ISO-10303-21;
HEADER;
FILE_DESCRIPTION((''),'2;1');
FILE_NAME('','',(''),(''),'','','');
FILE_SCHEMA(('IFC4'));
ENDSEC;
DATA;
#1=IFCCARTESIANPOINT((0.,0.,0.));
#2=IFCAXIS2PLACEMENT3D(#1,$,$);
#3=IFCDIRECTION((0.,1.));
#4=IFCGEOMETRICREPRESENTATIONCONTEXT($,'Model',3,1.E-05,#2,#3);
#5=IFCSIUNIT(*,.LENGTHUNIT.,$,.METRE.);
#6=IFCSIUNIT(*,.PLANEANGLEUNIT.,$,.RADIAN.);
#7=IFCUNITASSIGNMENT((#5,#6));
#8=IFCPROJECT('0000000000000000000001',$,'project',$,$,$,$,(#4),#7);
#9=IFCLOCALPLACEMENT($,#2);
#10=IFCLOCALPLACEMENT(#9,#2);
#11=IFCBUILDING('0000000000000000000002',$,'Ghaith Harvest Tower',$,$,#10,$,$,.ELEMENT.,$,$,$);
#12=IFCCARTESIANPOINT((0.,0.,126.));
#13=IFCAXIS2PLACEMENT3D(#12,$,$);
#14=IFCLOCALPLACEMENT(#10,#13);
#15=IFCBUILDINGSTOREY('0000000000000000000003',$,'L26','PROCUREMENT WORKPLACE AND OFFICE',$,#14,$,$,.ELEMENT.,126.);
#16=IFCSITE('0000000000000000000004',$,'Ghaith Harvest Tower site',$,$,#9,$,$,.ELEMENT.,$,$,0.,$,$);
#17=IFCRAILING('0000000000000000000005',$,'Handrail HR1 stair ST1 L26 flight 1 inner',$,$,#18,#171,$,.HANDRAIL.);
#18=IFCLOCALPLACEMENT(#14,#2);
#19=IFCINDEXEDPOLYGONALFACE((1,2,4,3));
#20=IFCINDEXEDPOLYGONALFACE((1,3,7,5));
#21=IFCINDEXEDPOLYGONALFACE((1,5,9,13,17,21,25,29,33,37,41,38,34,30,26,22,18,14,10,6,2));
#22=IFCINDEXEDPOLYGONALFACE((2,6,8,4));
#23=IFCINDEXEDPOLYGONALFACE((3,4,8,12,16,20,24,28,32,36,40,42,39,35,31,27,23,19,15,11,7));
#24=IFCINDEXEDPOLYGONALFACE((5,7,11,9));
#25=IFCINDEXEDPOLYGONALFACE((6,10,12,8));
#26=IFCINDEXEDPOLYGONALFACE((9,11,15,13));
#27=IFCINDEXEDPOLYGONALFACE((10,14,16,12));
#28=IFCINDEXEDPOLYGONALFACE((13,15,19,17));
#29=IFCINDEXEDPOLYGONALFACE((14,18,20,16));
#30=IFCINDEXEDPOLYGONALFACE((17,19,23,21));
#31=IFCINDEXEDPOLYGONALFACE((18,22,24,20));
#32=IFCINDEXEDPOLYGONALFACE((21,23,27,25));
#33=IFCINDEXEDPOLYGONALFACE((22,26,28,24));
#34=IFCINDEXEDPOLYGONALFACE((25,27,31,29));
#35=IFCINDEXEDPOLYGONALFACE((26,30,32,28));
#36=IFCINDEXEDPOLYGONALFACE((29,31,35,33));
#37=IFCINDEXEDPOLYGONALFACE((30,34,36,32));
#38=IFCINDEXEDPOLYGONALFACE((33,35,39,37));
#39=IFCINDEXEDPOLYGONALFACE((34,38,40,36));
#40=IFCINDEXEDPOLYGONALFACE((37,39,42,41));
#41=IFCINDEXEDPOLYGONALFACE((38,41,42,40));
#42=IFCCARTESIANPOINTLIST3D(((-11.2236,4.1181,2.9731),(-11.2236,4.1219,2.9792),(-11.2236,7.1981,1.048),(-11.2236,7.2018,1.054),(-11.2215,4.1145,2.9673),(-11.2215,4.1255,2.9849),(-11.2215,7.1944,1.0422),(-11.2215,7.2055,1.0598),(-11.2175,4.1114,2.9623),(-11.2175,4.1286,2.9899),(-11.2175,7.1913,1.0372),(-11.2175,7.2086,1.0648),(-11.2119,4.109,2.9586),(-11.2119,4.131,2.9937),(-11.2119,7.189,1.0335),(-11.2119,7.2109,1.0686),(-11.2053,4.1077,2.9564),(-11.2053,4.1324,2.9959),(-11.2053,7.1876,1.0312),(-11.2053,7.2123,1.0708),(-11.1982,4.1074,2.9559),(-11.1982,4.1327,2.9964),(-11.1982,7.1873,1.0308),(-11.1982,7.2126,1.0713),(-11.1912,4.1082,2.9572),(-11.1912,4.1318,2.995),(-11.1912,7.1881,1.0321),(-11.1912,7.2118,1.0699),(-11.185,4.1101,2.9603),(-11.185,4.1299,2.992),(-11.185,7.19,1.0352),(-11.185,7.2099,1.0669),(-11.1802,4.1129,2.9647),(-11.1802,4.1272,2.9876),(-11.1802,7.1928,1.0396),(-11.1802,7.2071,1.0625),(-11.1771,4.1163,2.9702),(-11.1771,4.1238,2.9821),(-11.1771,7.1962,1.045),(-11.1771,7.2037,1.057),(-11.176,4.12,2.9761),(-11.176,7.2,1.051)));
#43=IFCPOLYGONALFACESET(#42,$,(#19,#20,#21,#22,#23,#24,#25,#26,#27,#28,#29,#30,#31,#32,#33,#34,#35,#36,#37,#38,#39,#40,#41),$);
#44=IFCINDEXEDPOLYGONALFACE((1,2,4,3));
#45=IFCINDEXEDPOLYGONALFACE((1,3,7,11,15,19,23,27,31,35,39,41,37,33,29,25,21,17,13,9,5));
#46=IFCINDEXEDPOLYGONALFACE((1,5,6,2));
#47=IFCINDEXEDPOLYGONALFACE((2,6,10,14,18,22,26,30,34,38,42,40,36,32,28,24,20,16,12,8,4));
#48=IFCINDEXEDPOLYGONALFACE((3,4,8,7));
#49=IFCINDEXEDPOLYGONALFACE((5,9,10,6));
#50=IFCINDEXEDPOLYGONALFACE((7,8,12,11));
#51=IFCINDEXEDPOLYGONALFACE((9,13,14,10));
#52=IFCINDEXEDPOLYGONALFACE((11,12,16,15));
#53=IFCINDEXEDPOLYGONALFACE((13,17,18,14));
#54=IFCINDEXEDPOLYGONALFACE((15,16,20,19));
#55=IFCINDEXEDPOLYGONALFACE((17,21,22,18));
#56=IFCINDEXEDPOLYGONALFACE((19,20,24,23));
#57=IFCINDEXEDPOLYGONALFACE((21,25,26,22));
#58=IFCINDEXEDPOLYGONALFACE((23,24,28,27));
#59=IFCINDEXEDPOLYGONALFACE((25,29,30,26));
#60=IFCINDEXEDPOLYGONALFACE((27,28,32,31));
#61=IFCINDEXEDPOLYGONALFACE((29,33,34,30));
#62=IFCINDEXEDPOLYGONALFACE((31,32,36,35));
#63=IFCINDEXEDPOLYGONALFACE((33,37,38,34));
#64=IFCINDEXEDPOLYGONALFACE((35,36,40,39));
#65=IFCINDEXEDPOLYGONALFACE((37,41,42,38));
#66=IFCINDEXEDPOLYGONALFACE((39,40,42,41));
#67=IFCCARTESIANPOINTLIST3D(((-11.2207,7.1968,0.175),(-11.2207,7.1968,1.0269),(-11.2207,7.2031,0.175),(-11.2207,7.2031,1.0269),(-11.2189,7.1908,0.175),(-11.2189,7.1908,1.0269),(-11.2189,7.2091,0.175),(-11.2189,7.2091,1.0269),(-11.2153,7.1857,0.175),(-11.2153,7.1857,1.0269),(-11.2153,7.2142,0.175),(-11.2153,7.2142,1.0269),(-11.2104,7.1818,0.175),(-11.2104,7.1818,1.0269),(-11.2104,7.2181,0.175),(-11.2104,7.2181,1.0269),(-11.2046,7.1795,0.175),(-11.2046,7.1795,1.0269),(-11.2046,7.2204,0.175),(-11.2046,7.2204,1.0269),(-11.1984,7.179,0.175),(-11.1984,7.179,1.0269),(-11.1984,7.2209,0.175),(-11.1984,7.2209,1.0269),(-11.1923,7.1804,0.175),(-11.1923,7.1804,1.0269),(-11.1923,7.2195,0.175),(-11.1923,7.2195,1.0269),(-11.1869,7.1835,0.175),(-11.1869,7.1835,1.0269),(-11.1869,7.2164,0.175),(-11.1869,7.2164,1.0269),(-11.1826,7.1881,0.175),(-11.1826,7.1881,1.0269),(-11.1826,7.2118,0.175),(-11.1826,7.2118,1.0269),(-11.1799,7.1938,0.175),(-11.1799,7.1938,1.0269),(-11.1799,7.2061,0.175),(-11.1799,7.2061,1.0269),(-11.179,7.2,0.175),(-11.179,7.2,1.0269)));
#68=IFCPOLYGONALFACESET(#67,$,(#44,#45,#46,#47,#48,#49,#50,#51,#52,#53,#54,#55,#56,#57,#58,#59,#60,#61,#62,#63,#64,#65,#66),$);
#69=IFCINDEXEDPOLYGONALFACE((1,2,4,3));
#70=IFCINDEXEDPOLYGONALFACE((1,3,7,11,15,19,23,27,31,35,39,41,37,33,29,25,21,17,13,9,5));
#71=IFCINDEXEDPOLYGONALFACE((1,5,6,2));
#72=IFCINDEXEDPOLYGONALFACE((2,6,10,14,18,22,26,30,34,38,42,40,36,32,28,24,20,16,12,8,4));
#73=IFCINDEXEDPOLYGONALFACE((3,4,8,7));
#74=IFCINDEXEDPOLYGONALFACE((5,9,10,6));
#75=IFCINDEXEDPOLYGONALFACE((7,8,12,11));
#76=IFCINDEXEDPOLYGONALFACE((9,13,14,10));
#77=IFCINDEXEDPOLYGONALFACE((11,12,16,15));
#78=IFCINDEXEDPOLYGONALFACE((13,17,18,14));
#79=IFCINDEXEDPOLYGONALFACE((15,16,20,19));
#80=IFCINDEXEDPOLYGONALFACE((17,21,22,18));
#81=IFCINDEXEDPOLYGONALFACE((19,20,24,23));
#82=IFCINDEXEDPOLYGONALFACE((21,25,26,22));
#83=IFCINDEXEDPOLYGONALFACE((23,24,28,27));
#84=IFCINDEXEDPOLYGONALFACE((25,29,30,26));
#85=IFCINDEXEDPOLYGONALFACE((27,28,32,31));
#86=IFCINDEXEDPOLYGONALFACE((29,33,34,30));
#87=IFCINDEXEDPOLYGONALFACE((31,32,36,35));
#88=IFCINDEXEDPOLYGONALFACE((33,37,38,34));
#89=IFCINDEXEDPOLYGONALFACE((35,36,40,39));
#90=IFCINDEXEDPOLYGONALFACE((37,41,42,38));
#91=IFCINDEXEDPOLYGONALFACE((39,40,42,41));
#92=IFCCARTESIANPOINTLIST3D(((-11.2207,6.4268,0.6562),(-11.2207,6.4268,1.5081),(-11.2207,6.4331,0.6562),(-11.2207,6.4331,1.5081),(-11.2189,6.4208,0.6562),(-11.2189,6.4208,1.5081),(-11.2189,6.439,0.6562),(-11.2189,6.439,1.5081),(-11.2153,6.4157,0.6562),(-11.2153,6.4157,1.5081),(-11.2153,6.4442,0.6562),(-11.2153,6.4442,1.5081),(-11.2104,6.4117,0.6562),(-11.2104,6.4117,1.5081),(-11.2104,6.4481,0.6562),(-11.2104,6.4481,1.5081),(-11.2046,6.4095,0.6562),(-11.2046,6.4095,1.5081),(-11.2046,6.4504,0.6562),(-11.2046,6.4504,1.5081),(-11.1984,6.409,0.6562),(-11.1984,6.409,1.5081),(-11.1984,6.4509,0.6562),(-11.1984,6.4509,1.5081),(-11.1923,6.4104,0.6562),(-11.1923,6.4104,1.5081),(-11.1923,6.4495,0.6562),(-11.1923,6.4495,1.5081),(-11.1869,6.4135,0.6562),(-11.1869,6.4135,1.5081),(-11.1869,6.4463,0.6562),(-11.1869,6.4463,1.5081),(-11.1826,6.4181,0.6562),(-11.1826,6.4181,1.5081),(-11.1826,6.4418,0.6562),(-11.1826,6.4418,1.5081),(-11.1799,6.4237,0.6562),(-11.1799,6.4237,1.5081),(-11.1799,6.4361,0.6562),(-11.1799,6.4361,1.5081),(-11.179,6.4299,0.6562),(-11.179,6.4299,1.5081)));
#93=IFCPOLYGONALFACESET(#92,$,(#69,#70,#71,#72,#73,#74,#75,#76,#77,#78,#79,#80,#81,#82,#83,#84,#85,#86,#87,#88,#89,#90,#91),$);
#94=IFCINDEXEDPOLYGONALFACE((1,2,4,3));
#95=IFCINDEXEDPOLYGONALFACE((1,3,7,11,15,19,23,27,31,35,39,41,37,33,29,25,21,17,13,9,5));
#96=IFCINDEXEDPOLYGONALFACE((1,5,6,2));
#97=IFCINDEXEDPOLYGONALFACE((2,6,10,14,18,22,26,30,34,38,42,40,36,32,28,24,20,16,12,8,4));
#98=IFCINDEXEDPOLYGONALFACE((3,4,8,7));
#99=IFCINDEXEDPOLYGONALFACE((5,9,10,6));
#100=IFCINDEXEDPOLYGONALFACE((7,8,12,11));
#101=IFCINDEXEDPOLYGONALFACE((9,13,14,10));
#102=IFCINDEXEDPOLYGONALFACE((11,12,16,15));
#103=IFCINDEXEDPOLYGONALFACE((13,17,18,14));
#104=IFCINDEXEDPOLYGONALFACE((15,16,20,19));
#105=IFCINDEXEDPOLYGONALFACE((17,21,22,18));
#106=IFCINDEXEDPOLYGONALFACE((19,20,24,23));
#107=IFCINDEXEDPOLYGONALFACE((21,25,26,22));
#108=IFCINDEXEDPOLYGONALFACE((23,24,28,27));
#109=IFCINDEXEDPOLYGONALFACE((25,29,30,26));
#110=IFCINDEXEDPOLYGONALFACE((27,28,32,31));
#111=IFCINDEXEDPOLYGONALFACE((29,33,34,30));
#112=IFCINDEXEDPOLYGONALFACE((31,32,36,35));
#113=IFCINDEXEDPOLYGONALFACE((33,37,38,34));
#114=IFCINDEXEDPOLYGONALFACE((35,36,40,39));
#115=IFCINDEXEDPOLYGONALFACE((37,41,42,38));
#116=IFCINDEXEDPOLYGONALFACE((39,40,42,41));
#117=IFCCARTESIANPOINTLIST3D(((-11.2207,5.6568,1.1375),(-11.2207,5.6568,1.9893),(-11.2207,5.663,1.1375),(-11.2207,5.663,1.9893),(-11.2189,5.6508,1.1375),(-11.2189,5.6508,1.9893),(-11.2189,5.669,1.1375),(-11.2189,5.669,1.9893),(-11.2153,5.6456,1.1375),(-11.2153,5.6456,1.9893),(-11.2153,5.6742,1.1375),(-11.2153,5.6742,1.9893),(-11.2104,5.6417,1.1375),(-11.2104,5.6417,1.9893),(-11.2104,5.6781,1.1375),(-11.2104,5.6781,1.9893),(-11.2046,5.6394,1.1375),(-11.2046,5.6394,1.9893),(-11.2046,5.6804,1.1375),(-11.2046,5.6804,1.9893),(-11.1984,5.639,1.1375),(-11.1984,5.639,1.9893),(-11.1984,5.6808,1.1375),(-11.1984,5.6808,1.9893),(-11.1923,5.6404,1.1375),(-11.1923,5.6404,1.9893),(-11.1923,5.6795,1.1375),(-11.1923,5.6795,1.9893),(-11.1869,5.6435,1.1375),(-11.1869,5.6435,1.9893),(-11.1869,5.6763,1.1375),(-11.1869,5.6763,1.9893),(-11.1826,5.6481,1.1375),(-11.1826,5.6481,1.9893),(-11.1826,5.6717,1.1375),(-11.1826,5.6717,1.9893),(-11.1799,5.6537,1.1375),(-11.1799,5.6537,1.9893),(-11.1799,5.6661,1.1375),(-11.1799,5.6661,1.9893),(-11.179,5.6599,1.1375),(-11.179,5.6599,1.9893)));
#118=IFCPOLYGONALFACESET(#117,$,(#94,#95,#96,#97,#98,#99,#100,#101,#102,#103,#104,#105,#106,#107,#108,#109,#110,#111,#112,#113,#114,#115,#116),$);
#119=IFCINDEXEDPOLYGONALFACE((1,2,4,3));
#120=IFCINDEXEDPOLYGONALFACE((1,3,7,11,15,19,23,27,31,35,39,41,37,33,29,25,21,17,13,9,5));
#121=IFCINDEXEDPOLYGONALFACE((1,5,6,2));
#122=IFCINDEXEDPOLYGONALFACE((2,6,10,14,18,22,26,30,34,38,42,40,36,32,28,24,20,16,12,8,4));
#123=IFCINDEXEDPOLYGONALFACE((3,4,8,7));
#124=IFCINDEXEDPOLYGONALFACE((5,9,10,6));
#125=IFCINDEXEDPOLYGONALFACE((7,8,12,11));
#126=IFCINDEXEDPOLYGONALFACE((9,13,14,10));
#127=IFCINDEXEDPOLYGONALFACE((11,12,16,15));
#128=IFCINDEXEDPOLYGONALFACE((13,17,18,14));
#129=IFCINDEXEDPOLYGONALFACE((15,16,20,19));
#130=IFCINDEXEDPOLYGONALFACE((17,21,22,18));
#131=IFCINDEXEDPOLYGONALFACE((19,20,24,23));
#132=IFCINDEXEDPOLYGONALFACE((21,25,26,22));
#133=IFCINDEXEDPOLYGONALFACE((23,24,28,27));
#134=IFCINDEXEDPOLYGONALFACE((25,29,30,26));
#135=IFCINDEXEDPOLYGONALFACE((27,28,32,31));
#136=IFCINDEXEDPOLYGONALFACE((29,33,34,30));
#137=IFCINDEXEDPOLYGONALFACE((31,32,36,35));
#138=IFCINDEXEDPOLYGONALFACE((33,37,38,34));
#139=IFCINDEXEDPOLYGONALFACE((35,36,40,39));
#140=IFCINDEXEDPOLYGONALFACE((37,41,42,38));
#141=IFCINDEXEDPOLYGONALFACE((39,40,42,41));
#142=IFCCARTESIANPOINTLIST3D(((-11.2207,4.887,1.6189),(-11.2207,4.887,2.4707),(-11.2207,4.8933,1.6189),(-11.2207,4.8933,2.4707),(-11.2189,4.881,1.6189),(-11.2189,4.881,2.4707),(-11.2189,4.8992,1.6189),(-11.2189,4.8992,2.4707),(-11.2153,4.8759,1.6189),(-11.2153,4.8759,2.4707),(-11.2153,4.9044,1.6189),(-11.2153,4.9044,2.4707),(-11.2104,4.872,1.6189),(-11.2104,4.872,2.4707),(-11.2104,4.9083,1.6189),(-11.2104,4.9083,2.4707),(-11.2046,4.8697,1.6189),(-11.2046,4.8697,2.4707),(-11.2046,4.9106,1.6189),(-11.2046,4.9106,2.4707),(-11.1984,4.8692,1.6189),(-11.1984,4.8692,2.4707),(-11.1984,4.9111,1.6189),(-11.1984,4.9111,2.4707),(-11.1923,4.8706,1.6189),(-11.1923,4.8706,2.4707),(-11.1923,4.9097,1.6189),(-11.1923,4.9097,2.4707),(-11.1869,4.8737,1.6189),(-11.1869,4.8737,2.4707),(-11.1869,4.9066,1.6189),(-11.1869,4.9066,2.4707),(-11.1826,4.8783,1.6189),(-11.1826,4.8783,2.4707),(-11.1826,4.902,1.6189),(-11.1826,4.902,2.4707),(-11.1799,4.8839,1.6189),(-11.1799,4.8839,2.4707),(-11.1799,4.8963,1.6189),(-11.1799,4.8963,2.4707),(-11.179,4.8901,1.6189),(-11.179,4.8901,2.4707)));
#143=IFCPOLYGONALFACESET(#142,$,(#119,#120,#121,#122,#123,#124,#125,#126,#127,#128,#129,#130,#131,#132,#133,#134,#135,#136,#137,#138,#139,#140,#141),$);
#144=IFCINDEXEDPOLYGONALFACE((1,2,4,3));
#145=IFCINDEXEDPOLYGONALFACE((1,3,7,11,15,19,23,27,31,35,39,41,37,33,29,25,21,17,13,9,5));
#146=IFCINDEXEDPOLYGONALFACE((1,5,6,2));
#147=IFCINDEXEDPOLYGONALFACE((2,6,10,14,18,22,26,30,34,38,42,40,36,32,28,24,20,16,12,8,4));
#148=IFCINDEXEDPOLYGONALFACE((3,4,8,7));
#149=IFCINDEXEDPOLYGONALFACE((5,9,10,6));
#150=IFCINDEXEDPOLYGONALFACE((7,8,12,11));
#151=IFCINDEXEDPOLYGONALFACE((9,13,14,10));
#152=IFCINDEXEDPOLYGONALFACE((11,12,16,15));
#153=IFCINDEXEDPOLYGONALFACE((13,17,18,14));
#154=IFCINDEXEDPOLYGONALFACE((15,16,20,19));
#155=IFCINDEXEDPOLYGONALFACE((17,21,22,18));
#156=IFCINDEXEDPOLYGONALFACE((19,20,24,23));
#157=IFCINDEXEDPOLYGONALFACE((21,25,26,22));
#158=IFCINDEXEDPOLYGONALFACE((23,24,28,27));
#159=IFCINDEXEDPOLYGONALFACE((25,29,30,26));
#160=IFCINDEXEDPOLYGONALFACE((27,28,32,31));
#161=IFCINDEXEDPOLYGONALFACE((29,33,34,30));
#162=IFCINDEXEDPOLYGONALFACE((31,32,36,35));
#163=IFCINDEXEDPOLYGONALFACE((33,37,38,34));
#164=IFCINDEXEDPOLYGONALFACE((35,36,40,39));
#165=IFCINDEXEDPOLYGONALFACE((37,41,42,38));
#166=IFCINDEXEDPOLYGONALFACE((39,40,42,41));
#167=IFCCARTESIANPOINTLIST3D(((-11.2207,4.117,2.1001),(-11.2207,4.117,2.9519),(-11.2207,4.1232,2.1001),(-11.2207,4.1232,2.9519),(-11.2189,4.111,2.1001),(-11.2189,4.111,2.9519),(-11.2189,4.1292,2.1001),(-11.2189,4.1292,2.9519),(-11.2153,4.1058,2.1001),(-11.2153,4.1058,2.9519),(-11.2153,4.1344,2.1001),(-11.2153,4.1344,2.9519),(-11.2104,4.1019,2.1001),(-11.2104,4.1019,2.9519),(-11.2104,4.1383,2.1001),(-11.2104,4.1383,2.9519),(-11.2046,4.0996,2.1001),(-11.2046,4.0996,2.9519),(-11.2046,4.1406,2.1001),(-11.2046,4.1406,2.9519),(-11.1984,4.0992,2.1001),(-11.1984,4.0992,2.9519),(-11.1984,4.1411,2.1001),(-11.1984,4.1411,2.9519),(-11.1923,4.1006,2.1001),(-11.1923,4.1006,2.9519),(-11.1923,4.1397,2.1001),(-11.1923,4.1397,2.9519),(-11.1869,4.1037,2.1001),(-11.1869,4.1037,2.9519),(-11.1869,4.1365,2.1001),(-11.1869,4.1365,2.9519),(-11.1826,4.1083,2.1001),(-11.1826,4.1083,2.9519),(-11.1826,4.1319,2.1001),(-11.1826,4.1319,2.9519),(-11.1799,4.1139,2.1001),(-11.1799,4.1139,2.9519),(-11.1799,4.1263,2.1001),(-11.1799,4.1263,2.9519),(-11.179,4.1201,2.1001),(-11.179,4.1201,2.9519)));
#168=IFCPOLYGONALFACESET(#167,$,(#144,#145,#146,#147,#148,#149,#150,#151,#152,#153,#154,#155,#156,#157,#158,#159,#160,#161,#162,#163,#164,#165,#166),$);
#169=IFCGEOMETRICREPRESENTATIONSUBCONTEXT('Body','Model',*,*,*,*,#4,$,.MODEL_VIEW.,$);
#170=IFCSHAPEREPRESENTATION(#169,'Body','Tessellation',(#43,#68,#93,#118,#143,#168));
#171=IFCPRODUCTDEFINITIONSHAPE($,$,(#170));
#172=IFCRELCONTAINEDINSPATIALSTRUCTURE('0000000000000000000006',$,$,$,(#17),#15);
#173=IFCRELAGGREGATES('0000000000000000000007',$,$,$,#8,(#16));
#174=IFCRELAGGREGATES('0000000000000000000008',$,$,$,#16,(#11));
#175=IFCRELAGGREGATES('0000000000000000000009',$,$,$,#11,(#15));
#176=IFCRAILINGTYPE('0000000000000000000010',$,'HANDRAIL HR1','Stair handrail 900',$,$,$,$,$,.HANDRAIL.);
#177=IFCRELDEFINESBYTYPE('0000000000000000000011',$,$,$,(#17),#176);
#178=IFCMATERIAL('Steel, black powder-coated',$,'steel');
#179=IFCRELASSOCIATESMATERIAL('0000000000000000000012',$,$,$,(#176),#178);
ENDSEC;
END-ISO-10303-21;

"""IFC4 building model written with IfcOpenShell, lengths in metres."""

from ifc_helpers import new_model, si_unit, direction, frame, origin, origin_2d, place, context, subcontext, project, spatial, circle, extrude, material, type_object, element, save


model = new_model("IFC4")

# Units and contexts
model_context = context("Model", 3, precision=1e-05, world=origin(), true_north=direction((0.0, 1.0)))
body_context = subcontext(model_context, "Body", "Model", "MODEL_VIEW")
ifc_project = project(units=[si_unit("LENGTHUNIT", "METRE"), si_unit("PLANEANGLEUNIT", "RADIAN")], contexts=[model_context])

# Site, building, storey
site_placement = place(None, origin())
site = spatial("IfcSite", under=ifc_project, at=site_placement, Name="Ghaith Harvest Tower site", CompositionType="ELEMENT", RefElevation=0.0)
building_placement = place(site_placement, origin())
building = spatial("IfcBuilding", under=site, at=building_placement, Name="Ghaith Harvest Tower", CompositionType="ELEMENT")
storey_placement = place(building_placement, frame((0.0, 0.0, 126.0)))
storey = spatial("IfcBuildingStorey", under=building, at=storey_placement, Name="L26", Description="PROCUREMENT WORKPLACE AND OFFICE", CompositionType="ELEMENT", Elevation=126.0)

# Railing
ifc_material_1 = material(Name="Steel, black powder-coated", Category="steel")
railing_type = type_object("IfcRailingType", Name="HANDRAIL HR1", Description="Stair handrail 900", PredefinedType="HANDRAIL", material=ifc_material_1)
railing_1_placement = place(storey_placement, frame((-11.2, 7.2, 0.175)))
element("IfcRailing", 1, at=railing_1_placement, inside=storey, type_object=railing_type, Name="Handrail HR1 stair ST1 L26 flight 1 inner", PredefinedType="HANDRAIL", context=body_context, shape_type="SweptSolid", body=[
    extrude(circle(Radius=0.0239, at=origin_2d()), frame((0.0, 0.0, 0.876), z_axis=(0.0, -0.847979, 0.530029), x_axis=(1.0, 0.0, 0.0)), (0.0, 0.0, 1.0), 3.6321),
    extrude(circle(Radius=0.021, at=origin_2d()), origin(), (0.0, 0.0, 1.0), 0.8518),
    extrude(circle(Radius=0.021, at=origin_2d()), frame((0.0, -0.77, 0.4812)), (0.0, 0.0, 1.0), 0.8518),
    extrude(circle(Radius=0.021, at=origin_2d()), frame((0.0, -1.54, 0.9624)), (0.0, 0.0, 1.0), 0.8518),
    extrude(circle(Radius=0.021, at=origin_2d()), frame((0.0, -2.3098, 1.4438)), (0.0, 0.0, 1.0), 0.8518),
    extrude(circle(Radius=0.021, at=origin_2d()), frame((0.0, -3.0798, 1.925)), (0.0, 0.0, 1.0), 0.8518),
])

save(model, "model.ifc")
